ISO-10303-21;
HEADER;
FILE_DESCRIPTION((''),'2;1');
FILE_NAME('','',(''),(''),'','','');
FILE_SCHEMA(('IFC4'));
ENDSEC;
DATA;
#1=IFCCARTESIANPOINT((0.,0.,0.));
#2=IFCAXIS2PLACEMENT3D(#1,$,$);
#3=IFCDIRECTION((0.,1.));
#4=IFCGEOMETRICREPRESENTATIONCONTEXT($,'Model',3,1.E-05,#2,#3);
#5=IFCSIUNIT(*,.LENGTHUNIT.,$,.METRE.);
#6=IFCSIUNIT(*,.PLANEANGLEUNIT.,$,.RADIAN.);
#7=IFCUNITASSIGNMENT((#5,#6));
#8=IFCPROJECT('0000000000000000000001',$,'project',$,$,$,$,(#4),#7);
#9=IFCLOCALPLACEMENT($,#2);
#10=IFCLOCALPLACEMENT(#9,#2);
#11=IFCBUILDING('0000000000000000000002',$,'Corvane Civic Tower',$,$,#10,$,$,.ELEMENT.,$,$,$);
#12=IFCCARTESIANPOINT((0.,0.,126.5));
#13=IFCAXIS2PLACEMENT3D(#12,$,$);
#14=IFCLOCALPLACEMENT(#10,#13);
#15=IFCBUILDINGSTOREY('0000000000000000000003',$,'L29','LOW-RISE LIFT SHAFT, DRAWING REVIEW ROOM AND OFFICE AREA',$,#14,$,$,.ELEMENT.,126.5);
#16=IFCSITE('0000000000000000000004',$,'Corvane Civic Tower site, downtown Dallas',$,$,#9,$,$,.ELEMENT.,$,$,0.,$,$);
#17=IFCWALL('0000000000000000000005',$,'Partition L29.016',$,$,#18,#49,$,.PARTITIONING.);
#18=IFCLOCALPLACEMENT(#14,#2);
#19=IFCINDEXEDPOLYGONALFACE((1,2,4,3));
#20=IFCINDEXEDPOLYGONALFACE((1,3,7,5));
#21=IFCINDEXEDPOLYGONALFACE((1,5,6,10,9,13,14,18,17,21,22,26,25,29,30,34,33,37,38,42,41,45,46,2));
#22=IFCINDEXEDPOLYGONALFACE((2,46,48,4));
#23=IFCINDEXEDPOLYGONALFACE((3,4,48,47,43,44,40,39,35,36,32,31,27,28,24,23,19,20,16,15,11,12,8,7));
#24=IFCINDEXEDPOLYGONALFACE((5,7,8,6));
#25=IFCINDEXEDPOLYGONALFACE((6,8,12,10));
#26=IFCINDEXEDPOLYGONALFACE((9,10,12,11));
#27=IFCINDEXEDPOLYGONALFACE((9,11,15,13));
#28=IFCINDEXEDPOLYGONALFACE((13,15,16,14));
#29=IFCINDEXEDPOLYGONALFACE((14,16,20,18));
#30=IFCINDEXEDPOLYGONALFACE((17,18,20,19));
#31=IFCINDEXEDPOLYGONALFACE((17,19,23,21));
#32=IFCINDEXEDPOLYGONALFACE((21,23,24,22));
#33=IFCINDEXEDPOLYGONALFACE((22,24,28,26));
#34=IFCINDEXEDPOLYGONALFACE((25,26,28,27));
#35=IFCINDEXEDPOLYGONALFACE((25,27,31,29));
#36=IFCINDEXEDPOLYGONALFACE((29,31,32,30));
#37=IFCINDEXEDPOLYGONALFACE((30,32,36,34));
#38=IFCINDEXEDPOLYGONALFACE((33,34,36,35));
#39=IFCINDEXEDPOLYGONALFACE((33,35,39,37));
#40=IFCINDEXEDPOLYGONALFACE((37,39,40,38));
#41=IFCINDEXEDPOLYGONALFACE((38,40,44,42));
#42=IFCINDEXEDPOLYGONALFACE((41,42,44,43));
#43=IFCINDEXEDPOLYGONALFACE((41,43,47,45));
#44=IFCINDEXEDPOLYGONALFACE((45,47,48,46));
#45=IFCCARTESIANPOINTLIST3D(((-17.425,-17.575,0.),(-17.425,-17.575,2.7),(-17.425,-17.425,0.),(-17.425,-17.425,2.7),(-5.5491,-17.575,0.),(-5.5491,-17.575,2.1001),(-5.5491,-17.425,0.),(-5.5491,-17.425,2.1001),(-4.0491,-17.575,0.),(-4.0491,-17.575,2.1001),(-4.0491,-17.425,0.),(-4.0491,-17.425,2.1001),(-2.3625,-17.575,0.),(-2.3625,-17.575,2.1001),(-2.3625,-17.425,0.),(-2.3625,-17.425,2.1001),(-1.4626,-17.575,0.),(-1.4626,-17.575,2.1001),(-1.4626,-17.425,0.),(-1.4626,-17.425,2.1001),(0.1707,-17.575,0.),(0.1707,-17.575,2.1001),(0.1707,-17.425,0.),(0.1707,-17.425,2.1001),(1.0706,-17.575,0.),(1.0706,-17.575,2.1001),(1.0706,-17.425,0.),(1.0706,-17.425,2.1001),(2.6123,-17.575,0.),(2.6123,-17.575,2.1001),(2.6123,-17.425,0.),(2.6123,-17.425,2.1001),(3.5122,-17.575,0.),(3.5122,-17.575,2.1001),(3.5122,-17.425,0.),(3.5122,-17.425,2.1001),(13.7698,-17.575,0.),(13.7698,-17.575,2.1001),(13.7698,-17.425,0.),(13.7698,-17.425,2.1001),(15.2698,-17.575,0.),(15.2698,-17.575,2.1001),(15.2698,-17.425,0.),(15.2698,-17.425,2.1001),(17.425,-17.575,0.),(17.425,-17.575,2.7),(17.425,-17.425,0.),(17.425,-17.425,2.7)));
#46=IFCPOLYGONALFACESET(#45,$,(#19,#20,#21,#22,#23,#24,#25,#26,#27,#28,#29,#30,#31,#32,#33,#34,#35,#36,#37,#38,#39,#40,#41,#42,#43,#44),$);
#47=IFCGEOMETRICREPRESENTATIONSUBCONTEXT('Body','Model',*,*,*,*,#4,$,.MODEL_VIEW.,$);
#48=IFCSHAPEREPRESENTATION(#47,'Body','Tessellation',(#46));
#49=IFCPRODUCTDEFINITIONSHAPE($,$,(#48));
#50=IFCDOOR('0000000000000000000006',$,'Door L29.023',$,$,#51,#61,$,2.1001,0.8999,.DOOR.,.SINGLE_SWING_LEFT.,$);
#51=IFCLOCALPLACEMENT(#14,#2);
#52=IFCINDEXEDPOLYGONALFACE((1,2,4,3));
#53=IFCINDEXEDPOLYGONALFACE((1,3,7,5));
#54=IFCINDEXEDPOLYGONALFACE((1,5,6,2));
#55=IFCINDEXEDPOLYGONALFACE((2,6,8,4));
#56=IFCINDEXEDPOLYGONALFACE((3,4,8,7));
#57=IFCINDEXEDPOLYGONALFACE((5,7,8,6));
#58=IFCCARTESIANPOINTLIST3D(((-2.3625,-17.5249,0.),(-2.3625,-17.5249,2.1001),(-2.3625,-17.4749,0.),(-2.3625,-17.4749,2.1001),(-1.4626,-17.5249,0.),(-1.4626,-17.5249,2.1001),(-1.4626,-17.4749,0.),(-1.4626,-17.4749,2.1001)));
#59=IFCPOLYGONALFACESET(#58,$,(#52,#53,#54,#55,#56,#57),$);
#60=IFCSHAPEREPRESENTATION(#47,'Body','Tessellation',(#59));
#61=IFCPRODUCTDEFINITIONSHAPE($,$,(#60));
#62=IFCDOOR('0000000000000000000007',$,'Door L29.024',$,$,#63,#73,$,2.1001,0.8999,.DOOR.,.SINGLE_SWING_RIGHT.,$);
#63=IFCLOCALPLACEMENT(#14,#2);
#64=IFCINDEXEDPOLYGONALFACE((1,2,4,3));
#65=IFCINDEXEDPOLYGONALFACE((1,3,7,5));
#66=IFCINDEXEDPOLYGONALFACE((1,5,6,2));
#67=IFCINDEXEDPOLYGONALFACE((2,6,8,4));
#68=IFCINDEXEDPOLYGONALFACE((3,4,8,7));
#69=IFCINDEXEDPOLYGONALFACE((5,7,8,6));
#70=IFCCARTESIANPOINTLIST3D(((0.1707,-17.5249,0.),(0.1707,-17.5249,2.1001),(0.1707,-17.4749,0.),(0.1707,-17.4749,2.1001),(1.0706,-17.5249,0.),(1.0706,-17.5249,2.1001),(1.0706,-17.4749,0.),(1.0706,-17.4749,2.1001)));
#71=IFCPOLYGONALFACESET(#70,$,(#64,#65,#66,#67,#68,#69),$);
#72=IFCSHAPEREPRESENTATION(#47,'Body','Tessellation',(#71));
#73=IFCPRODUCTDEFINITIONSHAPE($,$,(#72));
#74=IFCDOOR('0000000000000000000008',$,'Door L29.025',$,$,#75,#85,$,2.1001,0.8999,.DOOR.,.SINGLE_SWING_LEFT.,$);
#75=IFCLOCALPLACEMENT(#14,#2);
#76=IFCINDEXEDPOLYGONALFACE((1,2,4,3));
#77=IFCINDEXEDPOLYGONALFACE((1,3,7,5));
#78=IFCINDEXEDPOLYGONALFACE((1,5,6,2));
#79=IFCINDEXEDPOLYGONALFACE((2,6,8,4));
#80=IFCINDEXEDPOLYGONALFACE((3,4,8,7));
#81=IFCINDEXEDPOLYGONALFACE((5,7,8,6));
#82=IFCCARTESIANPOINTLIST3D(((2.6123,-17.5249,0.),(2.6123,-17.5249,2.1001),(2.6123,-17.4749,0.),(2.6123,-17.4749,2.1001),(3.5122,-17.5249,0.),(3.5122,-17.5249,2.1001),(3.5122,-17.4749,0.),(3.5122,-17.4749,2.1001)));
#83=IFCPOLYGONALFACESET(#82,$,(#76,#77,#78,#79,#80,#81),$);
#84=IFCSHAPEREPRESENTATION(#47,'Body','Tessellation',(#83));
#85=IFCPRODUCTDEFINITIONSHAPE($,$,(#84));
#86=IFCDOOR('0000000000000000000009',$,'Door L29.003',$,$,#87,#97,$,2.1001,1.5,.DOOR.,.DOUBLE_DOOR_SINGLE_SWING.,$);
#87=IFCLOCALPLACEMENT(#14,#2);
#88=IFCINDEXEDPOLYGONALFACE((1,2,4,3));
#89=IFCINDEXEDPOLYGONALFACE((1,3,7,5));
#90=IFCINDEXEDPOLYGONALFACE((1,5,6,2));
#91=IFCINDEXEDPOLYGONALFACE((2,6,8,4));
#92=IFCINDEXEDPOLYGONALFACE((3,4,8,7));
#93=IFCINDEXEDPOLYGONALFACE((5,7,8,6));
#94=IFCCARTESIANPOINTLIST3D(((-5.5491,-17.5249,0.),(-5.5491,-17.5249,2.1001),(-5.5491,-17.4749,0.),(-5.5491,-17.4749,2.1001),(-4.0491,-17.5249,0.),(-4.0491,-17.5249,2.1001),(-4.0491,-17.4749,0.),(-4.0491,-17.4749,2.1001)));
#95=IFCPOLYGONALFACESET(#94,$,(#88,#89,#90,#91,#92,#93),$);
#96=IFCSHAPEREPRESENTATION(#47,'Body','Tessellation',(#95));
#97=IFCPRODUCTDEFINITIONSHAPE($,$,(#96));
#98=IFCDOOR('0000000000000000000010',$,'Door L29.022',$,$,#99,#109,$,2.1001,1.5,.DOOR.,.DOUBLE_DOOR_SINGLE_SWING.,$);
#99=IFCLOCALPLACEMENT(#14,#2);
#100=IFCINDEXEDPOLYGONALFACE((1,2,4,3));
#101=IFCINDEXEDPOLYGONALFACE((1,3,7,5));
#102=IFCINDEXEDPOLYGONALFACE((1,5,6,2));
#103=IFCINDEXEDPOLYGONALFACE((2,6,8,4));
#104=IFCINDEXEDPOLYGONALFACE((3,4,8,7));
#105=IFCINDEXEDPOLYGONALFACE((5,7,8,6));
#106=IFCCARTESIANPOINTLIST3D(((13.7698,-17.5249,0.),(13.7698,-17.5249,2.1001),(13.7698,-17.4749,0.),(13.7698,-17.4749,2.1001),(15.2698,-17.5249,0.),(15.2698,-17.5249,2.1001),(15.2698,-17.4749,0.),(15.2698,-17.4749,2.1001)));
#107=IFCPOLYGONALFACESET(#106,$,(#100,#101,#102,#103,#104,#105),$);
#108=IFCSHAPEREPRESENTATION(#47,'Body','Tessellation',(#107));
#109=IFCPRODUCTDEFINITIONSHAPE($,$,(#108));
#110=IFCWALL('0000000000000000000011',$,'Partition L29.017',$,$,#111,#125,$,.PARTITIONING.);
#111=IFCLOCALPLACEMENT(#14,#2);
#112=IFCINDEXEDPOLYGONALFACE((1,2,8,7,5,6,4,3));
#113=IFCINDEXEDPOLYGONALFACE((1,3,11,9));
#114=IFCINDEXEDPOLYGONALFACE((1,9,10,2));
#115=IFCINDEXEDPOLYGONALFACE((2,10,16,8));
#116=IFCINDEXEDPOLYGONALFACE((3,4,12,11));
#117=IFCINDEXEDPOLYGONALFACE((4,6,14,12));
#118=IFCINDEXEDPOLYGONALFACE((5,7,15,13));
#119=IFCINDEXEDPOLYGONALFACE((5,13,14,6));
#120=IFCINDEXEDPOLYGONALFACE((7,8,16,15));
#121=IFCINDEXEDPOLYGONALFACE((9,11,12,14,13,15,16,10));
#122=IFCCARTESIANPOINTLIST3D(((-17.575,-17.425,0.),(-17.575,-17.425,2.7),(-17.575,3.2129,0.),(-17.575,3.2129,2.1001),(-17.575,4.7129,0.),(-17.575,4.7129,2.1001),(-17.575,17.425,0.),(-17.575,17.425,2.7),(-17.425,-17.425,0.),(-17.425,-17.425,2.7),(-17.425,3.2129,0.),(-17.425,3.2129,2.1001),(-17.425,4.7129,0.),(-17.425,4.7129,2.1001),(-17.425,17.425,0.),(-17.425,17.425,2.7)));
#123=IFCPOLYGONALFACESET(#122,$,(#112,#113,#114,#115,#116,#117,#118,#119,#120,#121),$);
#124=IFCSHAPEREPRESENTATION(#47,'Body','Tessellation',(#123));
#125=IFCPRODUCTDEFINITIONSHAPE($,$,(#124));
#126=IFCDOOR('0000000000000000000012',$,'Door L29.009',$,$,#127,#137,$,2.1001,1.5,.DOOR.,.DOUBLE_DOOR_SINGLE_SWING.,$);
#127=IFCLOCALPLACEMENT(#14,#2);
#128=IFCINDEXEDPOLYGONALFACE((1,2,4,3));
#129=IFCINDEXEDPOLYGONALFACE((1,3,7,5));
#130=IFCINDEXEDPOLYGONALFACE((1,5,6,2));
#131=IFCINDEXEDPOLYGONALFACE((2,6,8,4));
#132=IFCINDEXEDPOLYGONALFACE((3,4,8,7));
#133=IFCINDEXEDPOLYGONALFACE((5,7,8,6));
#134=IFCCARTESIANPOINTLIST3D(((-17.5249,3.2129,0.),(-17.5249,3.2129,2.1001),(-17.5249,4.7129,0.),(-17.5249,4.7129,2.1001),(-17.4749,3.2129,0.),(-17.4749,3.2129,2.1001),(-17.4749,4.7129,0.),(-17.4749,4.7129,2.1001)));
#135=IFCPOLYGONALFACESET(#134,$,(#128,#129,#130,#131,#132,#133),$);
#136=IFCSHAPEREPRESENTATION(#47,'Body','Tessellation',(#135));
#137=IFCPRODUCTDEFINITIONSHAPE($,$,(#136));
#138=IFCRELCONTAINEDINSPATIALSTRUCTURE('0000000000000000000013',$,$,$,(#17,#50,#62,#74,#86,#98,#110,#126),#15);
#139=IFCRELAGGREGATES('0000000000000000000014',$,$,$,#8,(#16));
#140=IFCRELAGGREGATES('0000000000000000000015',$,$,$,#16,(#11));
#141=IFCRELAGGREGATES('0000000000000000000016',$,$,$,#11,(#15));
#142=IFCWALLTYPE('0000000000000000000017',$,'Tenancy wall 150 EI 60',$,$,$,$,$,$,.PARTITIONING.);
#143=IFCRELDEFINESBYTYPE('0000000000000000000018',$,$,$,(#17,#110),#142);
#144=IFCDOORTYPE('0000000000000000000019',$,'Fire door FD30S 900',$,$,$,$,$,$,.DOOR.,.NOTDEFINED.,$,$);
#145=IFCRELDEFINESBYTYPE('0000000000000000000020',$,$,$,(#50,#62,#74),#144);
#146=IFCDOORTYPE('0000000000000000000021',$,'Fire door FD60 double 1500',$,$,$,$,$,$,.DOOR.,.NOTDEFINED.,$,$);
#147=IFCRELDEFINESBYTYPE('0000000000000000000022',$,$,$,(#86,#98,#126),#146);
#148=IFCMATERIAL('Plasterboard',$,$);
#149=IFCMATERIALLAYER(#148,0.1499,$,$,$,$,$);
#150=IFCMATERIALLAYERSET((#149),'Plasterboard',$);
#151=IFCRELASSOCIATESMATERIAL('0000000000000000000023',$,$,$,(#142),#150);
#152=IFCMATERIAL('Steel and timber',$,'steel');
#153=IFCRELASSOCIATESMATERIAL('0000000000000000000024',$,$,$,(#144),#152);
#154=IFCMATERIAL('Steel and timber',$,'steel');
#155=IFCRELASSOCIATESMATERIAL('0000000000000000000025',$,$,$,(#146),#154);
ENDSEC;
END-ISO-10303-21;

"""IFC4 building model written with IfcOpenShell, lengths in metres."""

from ifc_helpers import new_model, si_unit, direction, frame, frame_2d, origin, place, context, subcontext, project, spatial, rectangle, extrude, material, layer, layer_set, type_object, element, fill, save


model = new_model("IFC4")

# Units and contexts
model_context = context("Model", 3, precision=1e-05, world=origin(), true_north=direction((0.0, 1.0)))
body_context = subcontext(model_context, "Body", "Model", "MODEL_VIEW")
ifc_project = project(units=[si_unit("LENGTHUNIT", "METRE"), si_unit("PLANEANGLEUNIT", "RADIAN")], contexts=[model_context])

# Site, building, storey
site_placement = place(None, origin())
site = spatial("IfcSite", under=ifc_project, at=site_placement, Name="Corvane Civic Tower site, downtown Dallas", CompositionType="ELEMENT", RefElevation=0.0)
building_placement = place(site_placement, origin())
building = spatial("IfcBuilding", under=site, at=building_placement, Name="Corvane Civic Tower", CompositionType="ELEMENT")
storey_placement = place(building_placement, frame((0.0, 0.0, 126.5)))
storey = spatial("IfcBuildingStorey", under=building, at=storey_placement, Name="L29", Description="LOW-RISE LIFT SHAFT, DRAWING REVIEW ROOM AND OFFICE AREA", CompositionType="ELEMENT", Elevation=126.5)

# Wall, openings, doors
ifc_material_1 = material(Name="Plasterboard")
ifc_layer_1 = layer(ifc_material_1, 0.1499)
ifc_layer_set_1 = layer_set([ifc_layer_1], Name="Plasterboard")
wall_type_1 = type_object("IfcWallType", Name="Tenancy wall 150 EI 60", PredefinedType="PARTITIONING", material=ifc_layer_set_1)
wall_1_placement = place(storey_placement, frame((-17.425, -17.5, 0.0), z_axis=(0.0, 0.0, 1.0), x_axis=(1.0, 0.0, 0.0)))
wall_1 = element("IfcWall", 1, at=wall_1_placement, inside=storey, type_object=wall_type_1, Name="Partition L29.016", PredefinedType="PARTITIONING", context=body_context, shape_type="SweptSolid", body=[
    extrude(rectangle(XDim=34.8501, YDim=0.1499, at=frame_2d((17.425, 0.0))), origin(), (0.0, 0.0, 1.0), 2.7),
])
opening_1_placement = place(wall_1_placement, frame((11.876, 0.0, 0.0)))
opening_1 = element("IfcOpeningElement", 2, at=opening_1_placement, cuts=wall_1, PredefinedType="OPENING", context=body_context, shape_type="SweptSolid", body=[
    extrude(rectangle(XDim=1.5, YDim=2.1001, at=frame_2d((0.75, 1.05))), frame((0.0, 0.085, 0.0), z_axis=(0.0, -1.0, 0.0), x_axis=(1.0, 0.0, 0.0)), (0.0, 0.0, 1.0), 0.1699),
])
opening_2_placement = place(wall_1_placement, frame((31.1948, 0.0, 0.0)))
opening_2 = element("IfcOpeningElement", 3, at=opening_2_placement, cuts=wall_1, PredefinedType="OPENING", context=body_context, shape_type="SweptSolid", body=[
    extrude(rectangle(XDim=1.5, YDim=2.1001, at=frame_2d((0.75, 1.05))), frame((0.0, 0.085, 0.0), z_axis=(0.0, -1.0, 0.0), x_axis=(1.0, 0.0, 0.0)), (0.0, 0.0, 1.0), 0.1699),
])
opening_3_placement = place(wall_1_placement, frame((15.0625, 0.0, 0.0)))
opening_3 = element("IfcOpeningElement", 4, at=opening_3_placement, cuts=wall_1, PredefinedType="OPENING", context=body_context, shape_type="SweptSolid", body=[
    extrude(rectangle(XDim=0.8999, YDim=2.1001, at=frame_2d((0.45, 1.05))), frame((0.0, 0.085, 0.0), z_axis=(0.0, -1.0, 0.0), x_axis=(1.0, 0.0, 0.0)), (0.0, 0.0, 1.0), 0.1699),
])
opening_4_placement = place(wall_1_placement, frame((17.5957, 0.0, 0.0)))
opening_4 = element("IfcOpeningElement", 5, at=opening_4_placement, cuts=wall_1, PredefinedType="OPENING", context=body_context, shape_type="SweptSolid", body=[
    extrude(rectangle(XDim=0.8999, YDim=2.1001, at=frame_2d((0.45, 1.05))), frame((0.0, 0.085, 0.0), z_axis=(0.0, -1.0, 0.0), x_axis=(1.0, 0.0, 0.0)), (0.0, 0.0, 1.0), 0.1699),
])
opening_5_placement = place(wall_1_placement, frame((20.0374, 0.0, 0.0)))
opening_5 = element("IfcOpeningElement", 6, at=opening_5_placement, cuts=wall_1, PredefinedType="OPENING", context=body_context, shape_type="SweptSolid", body=[
    extrude(rectangle(XDim=0.8999, YDim=2.1001, at=frame_2d((0.45, 1.05))), frame((0.0, 0.085, 0.0), z_axis=(0.0, -1.0, 0.0), x_axis=(1.0, 0.0, 0.0)), (0.0, 0.0, 1.0), 0.1699),
])
ifc_material_2 = material(Name="Steel and timber", Category="steel")
door_type_1 = type_object("IfcDoorType", Name="Fire door FD30S 900", OperationType="NOTDEFINED", PredefinedType="DOOR", material=ifc_material_2)
door_1_placement = place(opening_3_placement, frame((0.8999, 0.0, 0.0), z_axis=(0.0, 0.0, 1.0), x_axis=(-1.0, 0.0, 0.0)))
door_1 = element("IfcDoor", 7, at=door_1_placement, inside=storey, type_object=door_type_1, Name="Door L29.023", OperationType="SINGLE_SWING_LEFT", OverallHeight=2.1001, OverallWidth=0.8999, PredefinedType="DOOR", context=body_context, shape_type="SweptSolid", body=[
    extrude(rectangle(XDim=0.8999, YDim=2.1001, at=frame_2d((0.45, 1.05))), frame((0.0, 0.0249, 0.0), z_axis=(0.0, -1.0, 0.0), x_axis=(1.0, 0.0, 0.0)), (0.0, 0.0, 1.0), 0.05),
])
fill(opening_3, door_1)
door_2_placement = place(opening_4_placement, frame((0.8999, 0.0, 0.0), z_axis=(0.0, 0.0, 1.0), x_axis=(-1.0, 0.0, 0.0)))
door_2 = element("IfcDoor", 8, at=door_2_placement, inside=storey, type_object=door_type_1, Name="Door L29.024", OperationType="SINGLE_SWING_RIGHT", OverallHeight=2.1001, OverallWidth=0.8999, PredefinedType="DOOR", context=body_context, shape_type="SweptSolid", body=[
    extrude(rectangle(XDim=0.8999, YDim=2.1001, at=frame_2d((0.45, 1.05))), frame((0.0, 0.0249, 0.0), z_axis=(0.0, -1.0, 0.0), x_axis=(1.0, 0.0, 0.0)), (0.0, 0.0, 1.0), 0.05),
])
fill(opening_4, door_2)
door_3_placement = place(opening_5_placement, frame((0.8999, 0.0, 0.0), z_axis=(0.0, 0.0, 1.0), x_axis=(-1.0, 0.0, 0.0)))
door_3 = element("IfcDoor", 9, at=door_3_placement, inside=storey, type_object=door_type_1, Name="Door L29.025", OperationType="SINGLE_SWING_LEFT", OverallHeight=2.1001, OverallWidth=0.8999, PredefinedType="DOOR", context=body_context, shape_type="SweptSolid", body=[
    extrude(rectangle(XDim=0.8999, YDim=2.1001, at=frame_2d((0.45, 1.05))), frame((0.0, 0.0249, 0.0), z_axis=(0.0, -1.0, 0.0), x_axis=(1.0, 0.0, 0.0)), (0.0, 0.0, 1.0), 0.05),
])
fill(opening_5, door_3)
ifc_material_3 = material(Name="Steel and timber", Category="steel")
door_type_2 = type_object("IfcDoorType", Name="Fire door FD60 double 1500", OperationType="NOTDEFINED", PredefinedType="DOOR", material=ifc_material_3)
door_4_placement = place(opening_1_placement, frame((1.5, 0.0, 0.0), z_axis=(0.0, 0.0, 1.0), x_axis=(-1.0, 0.0, 0.0)))
door_4 = element("IfcDoor", 10, at=door_4_placement, inside=storey, type_object=door_type_2, Name="Door L29.003", OperationType="DOUBLE_DOOR_SINGLE_SWING", OverallHeight=2.1001, OverallWidth=1.5, PredefinedType="DOOR", context=body_context, shape_type="SweptSolid", body=[
    extrude(rectangle(XDim=1.5, YDim=2.1001, at=frame_2d((0.75, 1.05))), frame((0.0, 0.0249, 0.0), z_axis=(0.0, -1.0, 0.0), x_axis=(1.0, 0.0, 0.0)), (0.0, 0.0, 1.0), 0.05),
])
fill(opening_1, door_4)
door_5_placement = place(opening_2_placement, frame((1.5, 0.0, 0.0), z_axis=(0.0, 0.0, 1.0), x_axis=(-1.0, 0.0, 0.0)))
door_5 = element("IfcDoor", 11, at=door_5_placement, inside=storey, type_object=door_type_2, Name="Door L29.022", OperationType="DOUBLE_DOOR_SINGLE_SWING", OverallHeight=2.1001, OverallWidth=1.5, PredefinedType="DOOR", context=body_context, shape_type="SweptSolid", body=[
    extrude(rectangle(XDim=1.5, YDim=2.1001, at=frame_2d((0.75, 1.05))), frame((0.0, 0.0249, 0.0), z_axis=(0.0, -1.0, 0.0), x_axis=(1.0, 0.0, 0.0)), (0.0, 0.0, 1.0), 0.05),
])
fill(opening_2, door_5)

# Wall, opening, door
wall_2_placement = place(storey_placement, frame((-17.5, -17.425, 0.0), z_axis=(0.0, 0.0, 1.0), x_axis=(0.0, 1.0, 0.0)))
wall_2 = element("IfcWall", 12, at=wall_2_placement, inside=storey, type_object=wall_type_1, Name="Partition L29.017", PredefinedType="PARTITIONING", context=body_context, shape_type="SweptSolid", body=[
    extrude(rectangle(XDim=34.8501, YDim=0.1499, at=frame_2d((17.425, 0.0))), origin(), (0.0, 0.0, 1.0), 2.7),
])
opening_6_placement = place(wall_2_placement, frame((20.6379, 0.0, 0.0)))
opening_6 = element("IfcOpeningElement", 13, at=opening_6_placement, cuts=wall_2, PredefinedType="OPENING", context=body_context, shape_type="SweptSolid", body=[
    extrude(rectangle(XDim=1.5, YDim=2.1001, at=frame_2d((0.75, 1.05))), frame((0.0, 0.085, 0.0), z_axis=(0.0, -1.0, 0.0), x_axis=(1.0, 0.0, 0.0)), (0.0, 0.0, 1.0), 0.1699),
])
door_6_placement = place(opening_6_placement, origin())
door_6 = element("IfcDoor", 14, at=door_6_placement, inside=storey, type_object=door_type_2, Name="Door L29.009", OperationType="DOUBLE_DOOR_SINGLE_SWING", OverallHeight=2.1001, OverallWidth=1.5, PredefinedType="DOOR", context=body_context, shape_type="SweptSolid", body=[
    extrude(rectangle(XDim=1.5, YDim=2.1001, at=frame_2d((0.75, 1.05))), frame((0.0, 0.0249, 0.0), z_axis=(0.0, -1.0, 0.0), x_axis=(1.0, 0.0, 0.0)), (0.0, 0.0, 1.0), 0.05),
])
fill(opening_6, door_6)

save(model, "model.ifc")
